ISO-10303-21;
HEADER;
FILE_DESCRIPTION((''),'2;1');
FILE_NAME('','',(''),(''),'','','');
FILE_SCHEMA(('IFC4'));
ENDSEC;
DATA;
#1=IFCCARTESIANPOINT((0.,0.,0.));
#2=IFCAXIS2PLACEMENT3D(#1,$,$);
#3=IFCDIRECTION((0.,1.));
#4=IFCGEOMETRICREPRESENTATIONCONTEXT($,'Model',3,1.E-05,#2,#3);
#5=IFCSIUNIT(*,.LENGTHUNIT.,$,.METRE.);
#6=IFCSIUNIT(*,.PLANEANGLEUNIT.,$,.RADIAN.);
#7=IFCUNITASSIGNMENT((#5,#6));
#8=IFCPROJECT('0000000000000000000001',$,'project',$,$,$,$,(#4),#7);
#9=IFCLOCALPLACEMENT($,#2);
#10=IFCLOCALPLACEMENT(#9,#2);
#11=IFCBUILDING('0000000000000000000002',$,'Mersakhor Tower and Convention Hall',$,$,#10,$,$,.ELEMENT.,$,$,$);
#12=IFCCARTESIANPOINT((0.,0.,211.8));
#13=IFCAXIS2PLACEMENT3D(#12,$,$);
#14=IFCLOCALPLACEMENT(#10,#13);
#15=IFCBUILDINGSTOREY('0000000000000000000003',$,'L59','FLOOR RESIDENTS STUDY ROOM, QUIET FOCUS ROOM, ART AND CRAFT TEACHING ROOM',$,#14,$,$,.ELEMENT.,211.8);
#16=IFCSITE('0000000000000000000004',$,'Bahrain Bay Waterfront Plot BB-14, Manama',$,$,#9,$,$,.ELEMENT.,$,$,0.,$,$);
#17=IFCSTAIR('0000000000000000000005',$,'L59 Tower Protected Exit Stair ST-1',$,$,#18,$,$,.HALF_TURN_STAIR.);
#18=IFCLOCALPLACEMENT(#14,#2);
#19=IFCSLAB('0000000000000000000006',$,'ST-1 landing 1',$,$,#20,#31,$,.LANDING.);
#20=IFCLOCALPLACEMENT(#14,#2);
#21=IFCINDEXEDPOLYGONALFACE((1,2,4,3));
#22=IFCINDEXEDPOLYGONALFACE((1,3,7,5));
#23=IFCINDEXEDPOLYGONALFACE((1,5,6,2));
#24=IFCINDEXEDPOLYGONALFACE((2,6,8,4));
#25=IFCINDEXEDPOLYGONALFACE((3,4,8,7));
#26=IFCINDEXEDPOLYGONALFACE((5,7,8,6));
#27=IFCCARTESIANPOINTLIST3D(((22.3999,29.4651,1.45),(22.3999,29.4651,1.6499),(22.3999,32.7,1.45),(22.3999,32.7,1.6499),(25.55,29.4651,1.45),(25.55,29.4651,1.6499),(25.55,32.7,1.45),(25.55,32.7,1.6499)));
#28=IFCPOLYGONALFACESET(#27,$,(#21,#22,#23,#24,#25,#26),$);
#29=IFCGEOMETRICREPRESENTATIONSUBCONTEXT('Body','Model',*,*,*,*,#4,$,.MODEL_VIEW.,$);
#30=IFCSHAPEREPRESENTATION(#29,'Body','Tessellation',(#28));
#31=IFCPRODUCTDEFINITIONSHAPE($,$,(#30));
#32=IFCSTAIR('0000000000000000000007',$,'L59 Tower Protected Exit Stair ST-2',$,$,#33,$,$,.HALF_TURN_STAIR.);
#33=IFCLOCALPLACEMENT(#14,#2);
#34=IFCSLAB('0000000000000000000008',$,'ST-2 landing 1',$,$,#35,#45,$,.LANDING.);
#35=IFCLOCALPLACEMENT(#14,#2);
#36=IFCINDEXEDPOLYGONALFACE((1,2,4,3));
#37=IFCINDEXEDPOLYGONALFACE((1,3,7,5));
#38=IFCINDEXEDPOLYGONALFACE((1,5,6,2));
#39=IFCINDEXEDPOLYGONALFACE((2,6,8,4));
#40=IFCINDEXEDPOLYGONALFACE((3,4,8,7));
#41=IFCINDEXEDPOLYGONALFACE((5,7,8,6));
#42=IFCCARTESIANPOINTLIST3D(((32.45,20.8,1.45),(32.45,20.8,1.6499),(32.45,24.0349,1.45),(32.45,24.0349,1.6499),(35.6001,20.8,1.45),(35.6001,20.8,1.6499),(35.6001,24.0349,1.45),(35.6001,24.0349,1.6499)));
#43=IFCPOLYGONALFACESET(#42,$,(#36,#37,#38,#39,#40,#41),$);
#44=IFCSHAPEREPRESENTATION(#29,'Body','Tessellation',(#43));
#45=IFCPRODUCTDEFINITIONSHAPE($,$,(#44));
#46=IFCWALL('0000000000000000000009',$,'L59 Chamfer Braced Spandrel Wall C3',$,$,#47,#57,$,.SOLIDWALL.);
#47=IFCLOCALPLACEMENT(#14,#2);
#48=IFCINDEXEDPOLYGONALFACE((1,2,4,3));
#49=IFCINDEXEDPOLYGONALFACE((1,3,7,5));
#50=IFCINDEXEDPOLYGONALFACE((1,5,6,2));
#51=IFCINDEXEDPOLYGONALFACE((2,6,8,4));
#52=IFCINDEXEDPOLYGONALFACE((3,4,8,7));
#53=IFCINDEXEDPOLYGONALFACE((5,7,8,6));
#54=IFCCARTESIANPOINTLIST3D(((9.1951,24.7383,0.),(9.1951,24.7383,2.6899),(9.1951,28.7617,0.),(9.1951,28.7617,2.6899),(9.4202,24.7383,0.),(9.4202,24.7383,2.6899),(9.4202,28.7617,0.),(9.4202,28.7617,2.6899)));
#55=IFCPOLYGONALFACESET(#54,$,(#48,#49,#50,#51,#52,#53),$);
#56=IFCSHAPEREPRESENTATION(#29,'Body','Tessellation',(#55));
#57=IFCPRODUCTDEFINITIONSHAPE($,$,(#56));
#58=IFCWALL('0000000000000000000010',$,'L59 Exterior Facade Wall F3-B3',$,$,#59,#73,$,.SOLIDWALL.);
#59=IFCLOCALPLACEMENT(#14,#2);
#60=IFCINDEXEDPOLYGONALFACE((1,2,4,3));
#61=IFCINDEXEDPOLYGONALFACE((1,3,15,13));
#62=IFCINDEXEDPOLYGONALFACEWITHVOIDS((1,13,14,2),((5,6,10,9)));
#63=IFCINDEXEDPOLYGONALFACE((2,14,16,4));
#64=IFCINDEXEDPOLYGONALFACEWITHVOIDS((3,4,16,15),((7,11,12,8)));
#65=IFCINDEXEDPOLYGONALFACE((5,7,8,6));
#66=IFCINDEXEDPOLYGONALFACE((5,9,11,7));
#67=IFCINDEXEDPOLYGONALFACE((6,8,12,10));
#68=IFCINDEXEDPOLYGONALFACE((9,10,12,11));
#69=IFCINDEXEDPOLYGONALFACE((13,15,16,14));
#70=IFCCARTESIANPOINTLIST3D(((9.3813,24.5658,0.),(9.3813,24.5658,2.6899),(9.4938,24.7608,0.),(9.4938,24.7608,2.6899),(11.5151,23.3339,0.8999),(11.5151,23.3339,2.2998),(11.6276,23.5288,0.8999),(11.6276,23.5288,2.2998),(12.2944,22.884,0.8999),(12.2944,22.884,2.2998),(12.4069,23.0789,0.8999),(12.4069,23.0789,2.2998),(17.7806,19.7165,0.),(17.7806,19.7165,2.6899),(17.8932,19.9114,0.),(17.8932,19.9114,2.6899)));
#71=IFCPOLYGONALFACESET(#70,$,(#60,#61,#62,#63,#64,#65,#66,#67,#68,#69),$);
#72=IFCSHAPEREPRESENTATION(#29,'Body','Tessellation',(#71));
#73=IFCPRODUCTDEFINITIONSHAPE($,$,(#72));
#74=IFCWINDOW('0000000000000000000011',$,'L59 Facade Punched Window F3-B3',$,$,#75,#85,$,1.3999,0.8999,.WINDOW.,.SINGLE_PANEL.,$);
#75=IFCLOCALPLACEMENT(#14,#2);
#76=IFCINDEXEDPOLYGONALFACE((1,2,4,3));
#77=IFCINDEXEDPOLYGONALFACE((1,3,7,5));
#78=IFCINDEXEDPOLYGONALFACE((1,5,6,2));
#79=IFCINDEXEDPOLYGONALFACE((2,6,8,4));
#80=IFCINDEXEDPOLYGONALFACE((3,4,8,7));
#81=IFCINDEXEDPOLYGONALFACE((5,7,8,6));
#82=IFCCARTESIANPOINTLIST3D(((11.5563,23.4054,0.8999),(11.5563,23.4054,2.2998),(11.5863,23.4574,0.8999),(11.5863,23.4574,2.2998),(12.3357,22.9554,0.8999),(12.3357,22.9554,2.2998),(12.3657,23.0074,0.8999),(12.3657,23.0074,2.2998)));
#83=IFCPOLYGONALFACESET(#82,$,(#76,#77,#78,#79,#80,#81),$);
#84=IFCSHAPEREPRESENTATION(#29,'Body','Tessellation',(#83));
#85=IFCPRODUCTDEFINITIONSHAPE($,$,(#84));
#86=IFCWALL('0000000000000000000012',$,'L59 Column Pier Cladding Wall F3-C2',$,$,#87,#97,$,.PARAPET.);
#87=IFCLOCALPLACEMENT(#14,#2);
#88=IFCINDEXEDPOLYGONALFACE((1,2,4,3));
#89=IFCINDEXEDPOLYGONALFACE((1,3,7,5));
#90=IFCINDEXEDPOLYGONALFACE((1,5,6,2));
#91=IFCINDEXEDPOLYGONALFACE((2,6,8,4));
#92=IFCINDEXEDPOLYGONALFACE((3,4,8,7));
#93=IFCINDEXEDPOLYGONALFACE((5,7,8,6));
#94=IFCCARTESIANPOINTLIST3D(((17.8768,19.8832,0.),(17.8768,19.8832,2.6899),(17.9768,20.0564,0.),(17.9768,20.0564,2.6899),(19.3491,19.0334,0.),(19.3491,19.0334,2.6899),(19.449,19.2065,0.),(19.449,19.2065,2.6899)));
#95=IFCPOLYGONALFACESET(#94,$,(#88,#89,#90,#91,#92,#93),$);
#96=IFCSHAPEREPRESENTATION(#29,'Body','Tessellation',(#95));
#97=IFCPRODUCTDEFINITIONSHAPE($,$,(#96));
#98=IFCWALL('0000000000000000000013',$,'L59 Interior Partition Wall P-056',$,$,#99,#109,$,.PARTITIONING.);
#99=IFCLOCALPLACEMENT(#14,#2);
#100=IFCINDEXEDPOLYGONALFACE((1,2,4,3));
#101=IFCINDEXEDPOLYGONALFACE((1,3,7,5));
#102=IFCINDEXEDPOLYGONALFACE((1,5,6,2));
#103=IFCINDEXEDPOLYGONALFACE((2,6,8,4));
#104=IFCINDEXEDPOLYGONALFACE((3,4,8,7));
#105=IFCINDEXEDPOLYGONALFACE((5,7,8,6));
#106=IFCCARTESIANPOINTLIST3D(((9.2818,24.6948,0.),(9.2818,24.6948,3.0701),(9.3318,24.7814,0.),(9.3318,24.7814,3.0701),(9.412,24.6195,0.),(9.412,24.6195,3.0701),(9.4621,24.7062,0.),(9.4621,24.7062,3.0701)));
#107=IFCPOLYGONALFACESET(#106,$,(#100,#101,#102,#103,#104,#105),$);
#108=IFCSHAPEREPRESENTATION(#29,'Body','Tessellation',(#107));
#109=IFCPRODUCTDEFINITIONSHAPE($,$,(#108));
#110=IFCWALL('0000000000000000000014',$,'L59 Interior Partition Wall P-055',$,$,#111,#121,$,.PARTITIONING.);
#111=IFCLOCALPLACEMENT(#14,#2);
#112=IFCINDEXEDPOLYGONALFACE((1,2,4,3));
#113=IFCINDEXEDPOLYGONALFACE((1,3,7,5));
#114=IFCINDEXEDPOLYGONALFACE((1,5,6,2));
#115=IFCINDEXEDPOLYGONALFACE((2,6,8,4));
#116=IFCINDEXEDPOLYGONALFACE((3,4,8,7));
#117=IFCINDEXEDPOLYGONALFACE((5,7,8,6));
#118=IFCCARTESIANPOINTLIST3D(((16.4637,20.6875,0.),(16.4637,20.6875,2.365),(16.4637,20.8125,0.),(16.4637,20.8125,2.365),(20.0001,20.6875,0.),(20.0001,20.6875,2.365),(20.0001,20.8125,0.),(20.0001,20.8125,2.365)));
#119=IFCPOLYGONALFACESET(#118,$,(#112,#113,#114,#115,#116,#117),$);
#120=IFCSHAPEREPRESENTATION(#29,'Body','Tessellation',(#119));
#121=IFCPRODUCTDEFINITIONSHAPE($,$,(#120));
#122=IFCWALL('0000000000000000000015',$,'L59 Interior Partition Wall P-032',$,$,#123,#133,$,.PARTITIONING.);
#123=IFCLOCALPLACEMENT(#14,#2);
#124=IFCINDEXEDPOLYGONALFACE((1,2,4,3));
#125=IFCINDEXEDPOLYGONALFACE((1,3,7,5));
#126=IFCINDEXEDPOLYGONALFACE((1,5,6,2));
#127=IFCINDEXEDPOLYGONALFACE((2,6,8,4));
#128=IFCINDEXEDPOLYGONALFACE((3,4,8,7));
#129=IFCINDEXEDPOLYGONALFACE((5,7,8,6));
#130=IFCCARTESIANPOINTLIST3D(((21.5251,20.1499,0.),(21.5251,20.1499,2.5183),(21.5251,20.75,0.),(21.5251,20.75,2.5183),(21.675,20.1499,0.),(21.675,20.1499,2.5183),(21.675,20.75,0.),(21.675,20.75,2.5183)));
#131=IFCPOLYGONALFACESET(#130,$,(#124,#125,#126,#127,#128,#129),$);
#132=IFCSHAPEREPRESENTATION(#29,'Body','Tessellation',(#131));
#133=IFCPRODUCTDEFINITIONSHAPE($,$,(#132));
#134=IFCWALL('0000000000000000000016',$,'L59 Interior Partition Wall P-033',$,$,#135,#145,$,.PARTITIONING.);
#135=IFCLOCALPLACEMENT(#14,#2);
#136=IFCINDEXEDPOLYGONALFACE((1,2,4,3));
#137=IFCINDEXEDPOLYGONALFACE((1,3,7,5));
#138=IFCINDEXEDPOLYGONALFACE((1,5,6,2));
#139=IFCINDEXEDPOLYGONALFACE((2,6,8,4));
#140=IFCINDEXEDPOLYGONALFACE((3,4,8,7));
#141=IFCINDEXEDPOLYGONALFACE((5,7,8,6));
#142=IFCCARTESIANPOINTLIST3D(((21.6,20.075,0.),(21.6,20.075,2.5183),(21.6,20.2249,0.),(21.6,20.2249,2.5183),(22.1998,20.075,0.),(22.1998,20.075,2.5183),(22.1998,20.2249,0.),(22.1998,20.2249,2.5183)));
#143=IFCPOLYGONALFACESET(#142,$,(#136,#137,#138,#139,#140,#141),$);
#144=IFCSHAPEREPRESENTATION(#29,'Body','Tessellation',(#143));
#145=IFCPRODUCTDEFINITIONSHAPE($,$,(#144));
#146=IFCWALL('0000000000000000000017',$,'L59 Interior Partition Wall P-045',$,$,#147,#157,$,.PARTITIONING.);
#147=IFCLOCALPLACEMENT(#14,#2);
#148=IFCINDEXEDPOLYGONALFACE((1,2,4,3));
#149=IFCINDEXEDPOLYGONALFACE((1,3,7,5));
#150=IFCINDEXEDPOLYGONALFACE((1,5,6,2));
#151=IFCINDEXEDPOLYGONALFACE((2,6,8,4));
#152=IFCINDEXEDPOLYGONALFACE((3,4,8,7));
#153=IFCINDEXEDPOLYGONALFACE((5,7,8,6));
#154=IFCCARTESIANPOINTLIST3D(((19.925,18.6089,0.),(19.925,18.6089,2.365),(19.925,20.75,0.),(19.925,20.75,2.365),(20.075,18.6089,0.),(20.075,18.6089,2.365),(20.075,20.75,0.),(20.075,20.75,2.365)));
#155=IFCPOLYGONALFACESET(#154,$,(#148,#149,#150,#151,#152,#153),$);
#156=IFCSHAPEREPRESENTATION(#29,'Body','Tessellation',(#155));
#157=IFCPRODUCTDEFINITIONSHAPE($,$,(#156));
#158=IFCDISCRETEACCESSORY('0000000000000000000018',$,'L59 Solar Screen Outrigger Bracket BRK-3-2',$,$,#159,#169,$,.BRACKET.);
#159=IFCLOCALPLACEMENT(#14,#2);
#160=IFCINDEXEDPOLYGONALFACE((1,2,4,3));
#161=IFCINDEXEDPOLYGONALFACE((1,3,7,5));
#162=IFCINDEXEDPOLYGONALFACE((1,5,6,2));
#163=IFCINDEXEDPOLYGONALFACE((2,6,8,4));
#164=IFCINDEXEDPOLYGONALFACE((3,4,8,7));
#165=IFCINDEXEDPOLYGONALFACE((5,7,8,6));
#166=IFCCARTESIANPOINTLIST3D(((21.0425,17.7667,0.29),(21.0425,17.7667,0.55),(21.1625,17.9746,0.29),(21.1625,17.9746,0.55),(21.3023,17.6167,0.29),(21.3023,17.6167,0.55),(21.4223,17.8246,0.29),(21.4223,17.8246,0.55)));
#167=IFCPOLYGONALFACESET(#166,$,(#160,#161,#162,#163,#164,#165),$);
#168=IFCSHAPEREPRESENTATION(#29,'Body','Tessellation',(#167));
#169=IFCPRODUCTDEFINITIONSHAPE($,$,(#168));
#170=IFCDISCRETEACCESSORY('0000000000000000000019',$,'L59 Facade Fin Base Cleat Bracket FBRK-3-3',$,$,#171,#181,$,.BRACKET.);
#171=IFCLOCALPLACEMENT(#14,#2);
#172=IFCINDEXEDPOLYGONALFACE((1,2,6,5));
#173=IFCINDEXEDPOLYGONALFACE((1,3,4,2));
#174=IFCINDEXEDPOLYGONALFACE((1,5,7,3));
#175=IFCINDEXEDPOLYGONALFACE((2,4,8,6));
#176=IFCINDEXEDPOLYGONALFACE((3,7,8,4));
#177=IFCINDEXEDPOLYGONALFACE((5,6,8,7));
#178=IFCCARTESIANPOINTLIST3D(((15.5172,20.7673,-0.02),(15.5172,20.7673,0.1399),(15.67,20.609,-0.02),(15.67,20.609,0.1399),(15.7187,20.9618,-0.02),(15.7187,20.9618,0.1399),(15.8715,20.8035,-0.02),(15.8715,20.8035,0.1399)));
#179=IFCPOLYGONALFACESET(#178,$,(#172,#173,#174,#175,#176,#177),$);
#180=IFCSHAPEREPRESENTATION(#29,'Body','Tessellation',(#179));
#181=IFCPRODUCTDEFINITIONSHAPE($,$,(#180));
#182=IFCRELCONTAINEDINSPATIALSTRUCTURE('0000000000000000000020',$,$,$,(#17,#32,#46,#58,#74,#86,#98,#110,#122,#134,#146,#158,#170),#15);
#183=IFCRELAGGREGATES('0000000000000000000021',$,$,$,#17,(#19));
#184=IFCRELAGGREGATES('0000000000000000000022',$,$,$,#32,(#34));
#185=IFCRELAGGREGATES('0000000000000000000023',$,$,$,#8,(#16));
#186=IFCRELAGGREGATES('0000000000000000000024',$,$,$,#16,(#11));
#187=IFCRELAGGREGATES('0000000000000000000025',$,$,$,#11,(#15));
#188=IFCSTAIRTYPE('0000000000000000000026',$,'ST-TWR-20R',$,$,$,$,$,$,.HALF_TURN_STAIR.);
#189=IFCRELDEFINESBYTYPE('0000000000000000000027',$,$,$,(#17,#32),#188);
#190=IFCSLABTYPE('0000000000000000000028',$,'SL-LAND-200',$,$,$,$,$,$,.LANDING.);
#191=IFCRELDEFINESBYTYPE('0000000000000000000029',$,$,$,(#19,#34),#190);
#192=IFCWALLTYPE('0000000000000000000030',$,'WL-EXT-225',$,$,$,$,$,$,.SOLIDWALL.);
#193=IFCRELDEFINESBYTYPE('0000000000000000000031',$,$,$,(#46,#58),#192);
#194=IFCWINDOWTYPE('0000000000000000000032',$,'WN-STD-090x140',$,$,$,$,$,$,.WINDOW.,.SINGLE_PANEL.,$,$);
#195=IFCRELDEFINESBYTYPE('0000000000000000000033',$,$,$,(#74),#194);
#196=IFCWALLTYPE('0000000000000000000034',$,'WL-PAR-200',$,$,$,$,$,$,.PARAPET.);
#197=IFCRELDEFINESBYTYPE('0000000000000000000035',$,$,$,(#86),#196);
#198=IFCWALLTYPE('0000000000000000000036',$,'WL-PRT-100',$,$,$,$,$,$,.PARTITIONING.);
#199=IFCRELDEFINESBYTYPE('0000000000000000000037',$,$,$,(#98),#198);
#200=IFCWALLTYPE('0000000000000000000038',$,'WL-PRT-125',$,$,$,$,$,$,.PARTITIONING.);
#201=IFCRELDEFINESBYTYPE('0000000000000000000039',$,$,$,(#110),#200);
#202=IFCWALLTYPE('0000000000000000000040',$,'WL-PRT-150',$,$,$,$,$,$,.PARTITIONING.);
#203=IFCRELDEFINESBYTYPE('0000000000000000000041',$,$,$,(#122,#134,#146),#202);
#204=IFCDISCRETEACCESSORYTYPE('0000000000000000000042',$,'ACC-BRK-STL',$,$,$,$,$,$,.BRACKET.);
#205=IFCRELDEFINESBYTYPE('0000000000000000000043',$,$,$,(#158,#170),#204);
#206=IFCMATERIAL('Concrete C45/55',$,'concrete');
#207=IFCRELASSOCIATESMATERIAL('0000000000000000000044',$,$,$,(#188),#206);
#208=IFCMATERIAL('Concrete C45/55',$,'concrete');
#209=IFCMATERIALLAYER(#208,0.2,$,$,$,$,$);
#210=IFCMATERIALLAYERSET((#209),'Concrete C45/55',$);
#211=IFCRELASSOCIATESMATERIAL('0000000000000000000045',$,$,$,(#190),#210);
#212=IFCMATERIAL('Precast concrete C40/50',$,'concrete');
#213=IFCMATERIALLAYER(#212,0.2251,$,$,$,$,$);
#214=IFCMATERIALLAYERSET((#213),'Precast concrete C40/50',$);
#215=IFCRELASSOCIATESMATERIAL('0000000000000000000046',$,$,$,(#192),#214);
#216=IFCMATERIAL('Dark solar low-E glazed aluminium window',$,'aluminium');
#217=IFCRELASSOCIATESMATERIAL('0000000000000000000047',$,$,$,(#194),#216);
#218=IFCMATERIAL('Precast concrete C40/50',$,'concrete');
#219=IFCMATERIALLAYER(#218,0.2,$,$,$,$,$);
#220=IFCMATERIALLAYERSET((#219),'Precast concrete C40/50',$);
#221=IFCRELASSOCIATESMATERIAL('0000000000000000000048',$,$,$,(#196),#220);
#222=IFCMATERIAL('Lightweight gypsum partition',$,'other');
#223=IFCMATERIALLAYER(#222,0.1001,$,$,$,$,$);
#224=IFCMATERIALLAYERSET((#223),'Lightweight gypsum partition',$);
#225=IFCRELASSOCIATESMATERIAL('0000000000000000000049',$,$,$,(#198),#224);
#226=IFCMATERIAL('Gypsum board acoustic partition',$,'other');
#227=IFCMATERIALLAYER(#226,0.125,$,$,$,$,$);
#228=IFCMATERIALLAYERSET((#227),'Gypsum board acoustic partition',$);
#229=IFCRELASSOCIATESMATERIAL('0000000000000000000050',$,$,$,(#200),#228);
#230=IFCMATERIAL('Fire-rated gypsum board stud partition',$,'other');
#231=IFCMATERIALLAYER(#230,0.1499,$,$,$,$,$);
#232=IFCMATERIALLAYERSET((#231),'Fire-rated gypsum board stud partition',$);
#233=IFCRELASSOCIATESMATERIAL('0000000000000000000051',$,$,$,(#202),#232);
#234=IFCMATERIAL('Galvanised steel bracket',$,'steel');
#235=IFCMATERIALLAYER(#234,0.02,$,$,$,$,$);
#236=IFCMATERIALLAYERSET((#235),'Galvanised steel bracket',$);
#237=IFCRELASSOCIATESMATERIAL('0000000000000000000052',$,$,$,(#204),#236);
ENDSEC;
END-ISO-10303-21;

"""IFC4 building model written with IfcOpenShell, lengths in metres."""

from ifc_helpers import new_model, si_unit, direction, frame, frame_2d, origin, origin_2d, place, context, subcontext, project, spatial, polyline, rectangle, outline, extrude, material, layer, layer_set, type_object, element, fill, aggregate, save


model = new_model("IFC4")

# Units and contexts
model_context = context("Model", 3, precision=1e-05, world=origin(), true_north=direction((0.0, 1.0)))
body_context = subcontext(model_context, "Body", "Model", "MODEL_VIEW")
ifc_project = project(units=[si_unit("LENGTHUNIT", "METRE"), si_unit("PLANEANGLEUNIT", "RADIAN")], contexts=[model_context])

# Site, building, storey
site_placement = place(None, origin())
site = spatial("IfcSite", under=ifc_project, at=site_placement, Name="Bahrain Bay Waterfront Plot BB-14, Manama", CompositionType="ELEMENT", RefElevation=0.0)
building_placement = place(site_placement, origin())
building = spatial("IfcBuilding", under=site, at=building_placement, Name="Mersakhor Tower and Convention Hall", CompositionType="ELEMENT")
storey_placement = place(building_placement, frame((0.0, 0.0, 211.8)))
storey = spatial("IfcBuildingStorey", under=building, at=storey_placement, Name="L59", Description="FLOOR RESIDENTS STUDY ROOM, QUIET FOCUS ROOM, ART AND CRAFT TEACHING ROOM", CompositionType="ELEMENT", Elevation=211.8)

# Stairs, slabs
ifc_material_1 = material(Name="Concrete C45/55", Category="concrete")
stair_type = type_object("IfcStairType", Name="ST-TWR-20R", PredefinedType="HALF_TURN_STAIR", material=ifc_material_1)
stair_1_placement = place(storey_placement, origin())
stair_1 = element("IfcStair", 1, at=stair_1_placement, inside=storey, type_object=stair_type, Name="L59 Tower Protected Exit Stair ST-1", PredefinedType="HALF_TURN_STAIR")
ifc_material_2 = material(Name="Concrete C45/55", Category="concrete")
ifc_layer_1 = layer(ifc_material_2, 0.2)
ifc_layer_set_1 = layer_set([ifc_layer_1], Name="Concrete C45/55")
slab_type_1 = type_object("IfcSlabType", Name="SL-LAND-200", PredefinedType="LANDING", material=ifc_layer_set_1)
slab_1_placement = place(storey_placement, frame((0.0, 0.0, 1.45)))
slab_1 = element("IfcSlab", 2, at=slab_1_placement, type_object=slab_type_1, Name="ST-1 landing 1", PredefinedType="LANDING", context=body_context, shape_type="SweptSolid", body=[
    extrude(outline(polyline([(25.55, 29.4651), (25.55, 32.7), (22.3999, 32.7), (22.3999, 29.4651), (25.55, 29.4651)])), origin(), (0.0, 0.0, 1.0), 0.2),
])
aggregate(stair_1, [slab_1])
stair_2_placement = place(storey_placement, origin())
stair_2 = element("IfcStair", 3, at=stair_2_placement, inside=storey, type_object=stair_type, Name="L59 Tower Protected Exit Stair ST-2", PredefinedType="HALF_TURN_STAIR")
slab_2_placement = place(storey_placement, frame((0.0, 0.0, 1.45)))
slab_2 = element("IfcSlab", 4, at=slab_2_placement, type_object=slab_type_1, Name="ST-2 landing 1", PredefinedType="LANDING", context=body_context, shape_type="SweptSolid", body=[
    extrude(outline(polyline([(32.45, 24.0349), (32.45, 20.8), (35.6001, 20.8), (35.6001, 24.0349), (32.45, 24.0349)])), origin(), (0.0, 0.0, 1.0), 0.2),
])
aggregate(stair_2, [slab_2])

# Wall
ifc_material_3 = material(Name="Precast concrete C40/50", Category="concrete")
ifc_layer_2 = layer(ifc_material_3, 0.2251)
ifc_layer_set_2 = layer_set([ifc_layer_2], Name="Precast concrete C40/50")
wall_type_1 = type_object("IfcWallType", Name="WL-EXT-225", PredefinedType="SOLIDWALL", material=ifc_layer_set_2)
wall_1_placement = place(storey_placement, frame((9.3076, 24.7383, 0.0), z_axis=(0.0, 0.0, 1.0), x_axis=(0.0, 1.0, 0.0)))
element("IfcWall", 5, at=wall_1_placement, inside=storey, type_object=wall_type_1, Name="L59 Chamfer Braced Spandrel Wall C3", PredefinedType="SOLIDWALL", context=body_context, shape_type="SweptSolid", body=[
    extrude(rectangle(XDim=4.0234, YDim=0.2251, at=frame_2d((2.0117, 0.0))), origin(), (0.0, 0.0, 1.0), 2.6899),
])

# Wall, opening, window
wall_2_placement = place(storey_placement, frame((17.8369, 19.814, 0.0), z_axis=(0.0, 0.0, 1.0), x_axis=(-0.866027, 0.499997, 0.0)))
wall_2 = element("IfcWall", 6, at=wall_2_placement, inside=storey, type_object=wall_type_1, Name="L59 Exterior Facade Wall F3-B3", PredefinedType="SOLIDWALL", context=body_context, shape_type="SweptSolid", body=[
    extrude(rectangle(XDim=9.6987, YDim=0.2251, at=frame_2d((4.8494, 0.0))), origin(), (0.0, 0.0, 1.0), 2.6899),
])
opening_1_placement = place(wall_2_placement, frame((6.335, 0.0, 0.8999)))
opening_1 = element("IfcOpeningElement", 7, at=opening_1_placement, cuts=wall_2, PredefinedType="OPENING", context=body_context, shape_type="SweptSolid", body=[
    extrude(rectangle(XDim=0.8999, YDim=1.3999, at=frame_2d((0.45, 0.7))), frame((0.0, 0.1226, 0.0), z_axis=(0.0, -1.0, 0.0), x_axis=(1.0, 0.0, 0.0)), (0.0, 0.0, 1.0), 0.2451),
])
ifc_material_4 = material(Name="Dark solar low-E glazed aluminium window", Category="aluminium")
window_type = type_object("IfcWindowType", Name="WN-STD-090x140", PartitioningType="SINGLE_PANEL", PredefinedType="WINDOW", material=ifc_material_4)
window_placement = place(opening_1_placement, origin())
window = element("IfcWindow", 8, at=window_placement, inside=storey, type_object=window_type, Name="L59 Facade Punched Window F3-B3", OverallHeight=1.3999, OverallWidth=0.8999, PartitioningType="SINGLE_PANEL", PredefinedType="WINDOW", context=body_context, shape_type="SweptSolid", body=[
    extrude(rectangle(XDim=0.8999, YDim=1.3999, at=frame_2d((0.45, 0.7))), frame((0.0, 0.03, 0.0), z_axis=(0.0, -1.0, 0.0), x_axis=(1.0, 0.0, 0.0)), (0.0, 0.0, 1.0), 0.0601),
])
fill(opening_1, window)

# Walls
ifc_material_5 = material(Name="Precast concrete C40/50", Category="concrete")
ifc_layer_3 = layer(ifc_material_5, 0.2)
ifc_layer_set_3 = layer_set([ifc_layer_3], Name="Precast concrete C40/50")
wall_type_2 = type_object("IfcWallType", Name="WL-PAR-200", PredefinedType="PARAPET", material=ifc_layer_set_3)
wall_3_placement = place(storey_placement, frame((19.3992, 19.1199, 0.0), z_axis=(0.0, 0.0, 1.0), x_axis=(-0.866052, 0.499955, 0.0)))
element("IfcWall", 9, at=wall_3_placement, inside=storey, type_object=wall_type_2, Name="L59 Column Pier Cladding Wall F3-C2", PredefinedType="PARAPET", context=body_context, shape_type="SweptSolid", body=[
    extrude(rectangle(XDim=1.7, YDim=0.2, at=frame_2d((0.8501, 0.0))), origin(), (0.0, 0.0, 1.0), 2.6899),
])
ifc_material_6 = material(Name="Lightweight gypsum partition", Category="other")
ifc_layer_4 = layer(ifc_material_6, 0.1001)
ifc_layer_set_4 = layer_set([ifc_layer_4], Name="Lightweight gypsum partition")
wall_type_3 = type_object("IfcWallType", Name="WL-PRT-100", PredefinedType="PARTITIONING", material=ifc_layer_set_4)
wall_4_placement = place(storey_placement, frame((9.437, 24.6628, 0.0), z_axis=(0.0, 0.0, 1.0), x_axis=(-0.865834, 0.500332, 0.0)))
element("IfcWall", 10, at=wall_4_placement, inside=storey, type_object=wall_type_3, Name="L59 Interior Partition Wall P-056", PredefinedType="PARTITIONING", context=body_context, shape_type="SweptSolid", body=[
    extrude(rectangle(XDim=0.1504, YDim=0.1001, at=frame_2d((0.0752, 0.0))), origin(), (0.0, 0.0, 1.0), 3.0701),
])
ifc_material_7 = material(Name="Gypsum board acoustic partition", Category="other")
ifc_layer_5 = layer(ifc_material_7, 0.125)
ifc_layer_set_5 = layer_set([ifc_layer_5], Name="Gypsum board acoustic partition")
wall_type_4 = type_object("IfcWallType", Name="WL-PRT-125", PredefinedType="PARTITIONING", material=ifc_layer_set_5)
wall_5_placement = place(storey_placement, frame((20.0, 20.75, 0.0), z_axis=(0.0, 0.0, 1.0), x_axis=(-1.0, 0.0, 0.0)))
element("IfcWall", 11, at=wall_5_placement, inside=storey, type_object=wall_type_4, Name="L59 Interior Partition Wall P-055", PredefinedType="PARTITIONING", context=body_context, shape_type="SweptSolid", body=[
    extrude(rectangle(XDim=3.5364, YDim=0.125, at=frame_2d((1.7681, 0.0))), origin(), (0.0, 0.0, 1.0), 2.365),
])

# Shared definitions
ifc_material_8 = material(Name="Fire-rated gypsum board stud partition", Category="other")
ifc_layer_6 = layer(ifc_material_8, 0.1499)
ifc_layer_set_6 = layer_set([ifc_layer_6], Name="Fire-rated gypsum board stud partition")
wall_type_5 = type_object("IfcWallType", Name="WL-PRT-150", PredefinedType="PARTITIONING", material=ifc_layer_set_6)

# Walls
wall_6_placement = place(storey_placement, frame((21.6001, 20.75, 0.0), z_axis=(0.0, 0.0, 1.0), x_axis=(0.0, -1.0, 0.0)))
element("IfcWall", 12, at=wall_6_placement, inside=storey, type_object=wall_type_5, Name="L59 Interior Partition Wall P-032", PredefinedType="PARTITIONING", context=body_context, shape_type="SweptSolid", body=[
    extrude(rectangle(XDim=0.6001, YDim=0.1499, at=frame_2d((0.3, 0.0))), origin(), (0.0, 0.0, 1.0), 2.5183),
])
wall_7_placement = place(storey_placement, frame((21.6001, 20.1499, 0.0), z_axis=(0.0, 0.0, 1.0), x_axis=(1.0, 0.0, 0.0)))
element("IfcWall", 13, at=wall_7_placement, inside=storey, type_object=wall_type_5, Name="L59 Interior Partition Wall P-033", PredefinedType="PARTITIONING", context=body_context, shape_type="SweptSolid", body=[
    extrude(rectangle(XDim=0.5999, YDim=0.1499, at=frame_2d((0.2998, 0.0))), origin(), (0.0, 0.0, 1.0), 2.5183),
])
wall_8_placement = place(storey_placement, frame((20.0, 18.6089, 0.0), z_axis=(0.0, 0.0, 1.0), x_axis=(0.0, 1.0, 0.0)))
element("IfcWall", 14, at=wall_8_placement, inside=storey, type_object=wall_type_5, Name="L59 Interior Partition Wall P-045", PredefinedType="PARTITIONING", context=body_context, shape_type="SweptSolid", body=[
    extrude(rectangle(XDim=2.1411, YDim=0.1499, at=frame_2d((1.0706, 0.0))), origin(), (0.0, 0.0, 1.0), 2.365),
])

# Discrete accessories
ifc_material_9 = material(Name="Galvanised steel bracket", Category="steel")
ifc_layer_7 = layer(ifc_material_9, 0.02)
ifc_layer_set_7 = layer_set([ifc_layer_7], Name="Galvanised steel bracket")
discrete_accessory_type = type_object("IfcDiscreteAccessoryType", Name="ACC-BRK-STL", PredefinedType="BRACKET", material=ifc_layer_set_7)
discrete_accessory_1_placement = place(storey_placement, frame((21.2324, 17.7957, 0.29), z_axis=(0.0, 0.0, 1.0), x_axis=(-0.866025, 0.5, 0.0)))
element("IfcDiscreteAccessory", 15, at=discrete_accessory_1_placement, inside=storey, type_object=discrete_accessory_type, Name="L59 Solar Screen Outrigger Bracket BRK-3-2", PredefinedType="BRACKET", context=body_context, shape_type="SweptSolid", body=[
    extrude(rectangle(XDim=0.3, YDim=0.24, at=origin_2d()), origin(), (0.0, 0.0, 1.0), 0.26),
])
discrete_accessory_2_placement = place(storey_placement, frame((15.6943, 20.7854, -0.02), z_axis=(0.0, 0.0, 1.0), x_axis=(-0.71934, -0.694658, 0.0)))
element("IfcDiscreteAccessory", 16, at=discrete_accessory_2_placement, inside=storey, type_object=discrete_accessory_type, Name="L59 Facade Fin Base Cleat Bracket FBRK-3-3", PredefinedType="BRACKET", context=body_context, shape_type="SweptSolid", body=[
    extrude(rectangle(XDim=0.28, YDim=0.22, at=origin_2d()), origin(), (0.0, 0.0, 1.0), 0.1599),
])

save(model, "model.ifc")
